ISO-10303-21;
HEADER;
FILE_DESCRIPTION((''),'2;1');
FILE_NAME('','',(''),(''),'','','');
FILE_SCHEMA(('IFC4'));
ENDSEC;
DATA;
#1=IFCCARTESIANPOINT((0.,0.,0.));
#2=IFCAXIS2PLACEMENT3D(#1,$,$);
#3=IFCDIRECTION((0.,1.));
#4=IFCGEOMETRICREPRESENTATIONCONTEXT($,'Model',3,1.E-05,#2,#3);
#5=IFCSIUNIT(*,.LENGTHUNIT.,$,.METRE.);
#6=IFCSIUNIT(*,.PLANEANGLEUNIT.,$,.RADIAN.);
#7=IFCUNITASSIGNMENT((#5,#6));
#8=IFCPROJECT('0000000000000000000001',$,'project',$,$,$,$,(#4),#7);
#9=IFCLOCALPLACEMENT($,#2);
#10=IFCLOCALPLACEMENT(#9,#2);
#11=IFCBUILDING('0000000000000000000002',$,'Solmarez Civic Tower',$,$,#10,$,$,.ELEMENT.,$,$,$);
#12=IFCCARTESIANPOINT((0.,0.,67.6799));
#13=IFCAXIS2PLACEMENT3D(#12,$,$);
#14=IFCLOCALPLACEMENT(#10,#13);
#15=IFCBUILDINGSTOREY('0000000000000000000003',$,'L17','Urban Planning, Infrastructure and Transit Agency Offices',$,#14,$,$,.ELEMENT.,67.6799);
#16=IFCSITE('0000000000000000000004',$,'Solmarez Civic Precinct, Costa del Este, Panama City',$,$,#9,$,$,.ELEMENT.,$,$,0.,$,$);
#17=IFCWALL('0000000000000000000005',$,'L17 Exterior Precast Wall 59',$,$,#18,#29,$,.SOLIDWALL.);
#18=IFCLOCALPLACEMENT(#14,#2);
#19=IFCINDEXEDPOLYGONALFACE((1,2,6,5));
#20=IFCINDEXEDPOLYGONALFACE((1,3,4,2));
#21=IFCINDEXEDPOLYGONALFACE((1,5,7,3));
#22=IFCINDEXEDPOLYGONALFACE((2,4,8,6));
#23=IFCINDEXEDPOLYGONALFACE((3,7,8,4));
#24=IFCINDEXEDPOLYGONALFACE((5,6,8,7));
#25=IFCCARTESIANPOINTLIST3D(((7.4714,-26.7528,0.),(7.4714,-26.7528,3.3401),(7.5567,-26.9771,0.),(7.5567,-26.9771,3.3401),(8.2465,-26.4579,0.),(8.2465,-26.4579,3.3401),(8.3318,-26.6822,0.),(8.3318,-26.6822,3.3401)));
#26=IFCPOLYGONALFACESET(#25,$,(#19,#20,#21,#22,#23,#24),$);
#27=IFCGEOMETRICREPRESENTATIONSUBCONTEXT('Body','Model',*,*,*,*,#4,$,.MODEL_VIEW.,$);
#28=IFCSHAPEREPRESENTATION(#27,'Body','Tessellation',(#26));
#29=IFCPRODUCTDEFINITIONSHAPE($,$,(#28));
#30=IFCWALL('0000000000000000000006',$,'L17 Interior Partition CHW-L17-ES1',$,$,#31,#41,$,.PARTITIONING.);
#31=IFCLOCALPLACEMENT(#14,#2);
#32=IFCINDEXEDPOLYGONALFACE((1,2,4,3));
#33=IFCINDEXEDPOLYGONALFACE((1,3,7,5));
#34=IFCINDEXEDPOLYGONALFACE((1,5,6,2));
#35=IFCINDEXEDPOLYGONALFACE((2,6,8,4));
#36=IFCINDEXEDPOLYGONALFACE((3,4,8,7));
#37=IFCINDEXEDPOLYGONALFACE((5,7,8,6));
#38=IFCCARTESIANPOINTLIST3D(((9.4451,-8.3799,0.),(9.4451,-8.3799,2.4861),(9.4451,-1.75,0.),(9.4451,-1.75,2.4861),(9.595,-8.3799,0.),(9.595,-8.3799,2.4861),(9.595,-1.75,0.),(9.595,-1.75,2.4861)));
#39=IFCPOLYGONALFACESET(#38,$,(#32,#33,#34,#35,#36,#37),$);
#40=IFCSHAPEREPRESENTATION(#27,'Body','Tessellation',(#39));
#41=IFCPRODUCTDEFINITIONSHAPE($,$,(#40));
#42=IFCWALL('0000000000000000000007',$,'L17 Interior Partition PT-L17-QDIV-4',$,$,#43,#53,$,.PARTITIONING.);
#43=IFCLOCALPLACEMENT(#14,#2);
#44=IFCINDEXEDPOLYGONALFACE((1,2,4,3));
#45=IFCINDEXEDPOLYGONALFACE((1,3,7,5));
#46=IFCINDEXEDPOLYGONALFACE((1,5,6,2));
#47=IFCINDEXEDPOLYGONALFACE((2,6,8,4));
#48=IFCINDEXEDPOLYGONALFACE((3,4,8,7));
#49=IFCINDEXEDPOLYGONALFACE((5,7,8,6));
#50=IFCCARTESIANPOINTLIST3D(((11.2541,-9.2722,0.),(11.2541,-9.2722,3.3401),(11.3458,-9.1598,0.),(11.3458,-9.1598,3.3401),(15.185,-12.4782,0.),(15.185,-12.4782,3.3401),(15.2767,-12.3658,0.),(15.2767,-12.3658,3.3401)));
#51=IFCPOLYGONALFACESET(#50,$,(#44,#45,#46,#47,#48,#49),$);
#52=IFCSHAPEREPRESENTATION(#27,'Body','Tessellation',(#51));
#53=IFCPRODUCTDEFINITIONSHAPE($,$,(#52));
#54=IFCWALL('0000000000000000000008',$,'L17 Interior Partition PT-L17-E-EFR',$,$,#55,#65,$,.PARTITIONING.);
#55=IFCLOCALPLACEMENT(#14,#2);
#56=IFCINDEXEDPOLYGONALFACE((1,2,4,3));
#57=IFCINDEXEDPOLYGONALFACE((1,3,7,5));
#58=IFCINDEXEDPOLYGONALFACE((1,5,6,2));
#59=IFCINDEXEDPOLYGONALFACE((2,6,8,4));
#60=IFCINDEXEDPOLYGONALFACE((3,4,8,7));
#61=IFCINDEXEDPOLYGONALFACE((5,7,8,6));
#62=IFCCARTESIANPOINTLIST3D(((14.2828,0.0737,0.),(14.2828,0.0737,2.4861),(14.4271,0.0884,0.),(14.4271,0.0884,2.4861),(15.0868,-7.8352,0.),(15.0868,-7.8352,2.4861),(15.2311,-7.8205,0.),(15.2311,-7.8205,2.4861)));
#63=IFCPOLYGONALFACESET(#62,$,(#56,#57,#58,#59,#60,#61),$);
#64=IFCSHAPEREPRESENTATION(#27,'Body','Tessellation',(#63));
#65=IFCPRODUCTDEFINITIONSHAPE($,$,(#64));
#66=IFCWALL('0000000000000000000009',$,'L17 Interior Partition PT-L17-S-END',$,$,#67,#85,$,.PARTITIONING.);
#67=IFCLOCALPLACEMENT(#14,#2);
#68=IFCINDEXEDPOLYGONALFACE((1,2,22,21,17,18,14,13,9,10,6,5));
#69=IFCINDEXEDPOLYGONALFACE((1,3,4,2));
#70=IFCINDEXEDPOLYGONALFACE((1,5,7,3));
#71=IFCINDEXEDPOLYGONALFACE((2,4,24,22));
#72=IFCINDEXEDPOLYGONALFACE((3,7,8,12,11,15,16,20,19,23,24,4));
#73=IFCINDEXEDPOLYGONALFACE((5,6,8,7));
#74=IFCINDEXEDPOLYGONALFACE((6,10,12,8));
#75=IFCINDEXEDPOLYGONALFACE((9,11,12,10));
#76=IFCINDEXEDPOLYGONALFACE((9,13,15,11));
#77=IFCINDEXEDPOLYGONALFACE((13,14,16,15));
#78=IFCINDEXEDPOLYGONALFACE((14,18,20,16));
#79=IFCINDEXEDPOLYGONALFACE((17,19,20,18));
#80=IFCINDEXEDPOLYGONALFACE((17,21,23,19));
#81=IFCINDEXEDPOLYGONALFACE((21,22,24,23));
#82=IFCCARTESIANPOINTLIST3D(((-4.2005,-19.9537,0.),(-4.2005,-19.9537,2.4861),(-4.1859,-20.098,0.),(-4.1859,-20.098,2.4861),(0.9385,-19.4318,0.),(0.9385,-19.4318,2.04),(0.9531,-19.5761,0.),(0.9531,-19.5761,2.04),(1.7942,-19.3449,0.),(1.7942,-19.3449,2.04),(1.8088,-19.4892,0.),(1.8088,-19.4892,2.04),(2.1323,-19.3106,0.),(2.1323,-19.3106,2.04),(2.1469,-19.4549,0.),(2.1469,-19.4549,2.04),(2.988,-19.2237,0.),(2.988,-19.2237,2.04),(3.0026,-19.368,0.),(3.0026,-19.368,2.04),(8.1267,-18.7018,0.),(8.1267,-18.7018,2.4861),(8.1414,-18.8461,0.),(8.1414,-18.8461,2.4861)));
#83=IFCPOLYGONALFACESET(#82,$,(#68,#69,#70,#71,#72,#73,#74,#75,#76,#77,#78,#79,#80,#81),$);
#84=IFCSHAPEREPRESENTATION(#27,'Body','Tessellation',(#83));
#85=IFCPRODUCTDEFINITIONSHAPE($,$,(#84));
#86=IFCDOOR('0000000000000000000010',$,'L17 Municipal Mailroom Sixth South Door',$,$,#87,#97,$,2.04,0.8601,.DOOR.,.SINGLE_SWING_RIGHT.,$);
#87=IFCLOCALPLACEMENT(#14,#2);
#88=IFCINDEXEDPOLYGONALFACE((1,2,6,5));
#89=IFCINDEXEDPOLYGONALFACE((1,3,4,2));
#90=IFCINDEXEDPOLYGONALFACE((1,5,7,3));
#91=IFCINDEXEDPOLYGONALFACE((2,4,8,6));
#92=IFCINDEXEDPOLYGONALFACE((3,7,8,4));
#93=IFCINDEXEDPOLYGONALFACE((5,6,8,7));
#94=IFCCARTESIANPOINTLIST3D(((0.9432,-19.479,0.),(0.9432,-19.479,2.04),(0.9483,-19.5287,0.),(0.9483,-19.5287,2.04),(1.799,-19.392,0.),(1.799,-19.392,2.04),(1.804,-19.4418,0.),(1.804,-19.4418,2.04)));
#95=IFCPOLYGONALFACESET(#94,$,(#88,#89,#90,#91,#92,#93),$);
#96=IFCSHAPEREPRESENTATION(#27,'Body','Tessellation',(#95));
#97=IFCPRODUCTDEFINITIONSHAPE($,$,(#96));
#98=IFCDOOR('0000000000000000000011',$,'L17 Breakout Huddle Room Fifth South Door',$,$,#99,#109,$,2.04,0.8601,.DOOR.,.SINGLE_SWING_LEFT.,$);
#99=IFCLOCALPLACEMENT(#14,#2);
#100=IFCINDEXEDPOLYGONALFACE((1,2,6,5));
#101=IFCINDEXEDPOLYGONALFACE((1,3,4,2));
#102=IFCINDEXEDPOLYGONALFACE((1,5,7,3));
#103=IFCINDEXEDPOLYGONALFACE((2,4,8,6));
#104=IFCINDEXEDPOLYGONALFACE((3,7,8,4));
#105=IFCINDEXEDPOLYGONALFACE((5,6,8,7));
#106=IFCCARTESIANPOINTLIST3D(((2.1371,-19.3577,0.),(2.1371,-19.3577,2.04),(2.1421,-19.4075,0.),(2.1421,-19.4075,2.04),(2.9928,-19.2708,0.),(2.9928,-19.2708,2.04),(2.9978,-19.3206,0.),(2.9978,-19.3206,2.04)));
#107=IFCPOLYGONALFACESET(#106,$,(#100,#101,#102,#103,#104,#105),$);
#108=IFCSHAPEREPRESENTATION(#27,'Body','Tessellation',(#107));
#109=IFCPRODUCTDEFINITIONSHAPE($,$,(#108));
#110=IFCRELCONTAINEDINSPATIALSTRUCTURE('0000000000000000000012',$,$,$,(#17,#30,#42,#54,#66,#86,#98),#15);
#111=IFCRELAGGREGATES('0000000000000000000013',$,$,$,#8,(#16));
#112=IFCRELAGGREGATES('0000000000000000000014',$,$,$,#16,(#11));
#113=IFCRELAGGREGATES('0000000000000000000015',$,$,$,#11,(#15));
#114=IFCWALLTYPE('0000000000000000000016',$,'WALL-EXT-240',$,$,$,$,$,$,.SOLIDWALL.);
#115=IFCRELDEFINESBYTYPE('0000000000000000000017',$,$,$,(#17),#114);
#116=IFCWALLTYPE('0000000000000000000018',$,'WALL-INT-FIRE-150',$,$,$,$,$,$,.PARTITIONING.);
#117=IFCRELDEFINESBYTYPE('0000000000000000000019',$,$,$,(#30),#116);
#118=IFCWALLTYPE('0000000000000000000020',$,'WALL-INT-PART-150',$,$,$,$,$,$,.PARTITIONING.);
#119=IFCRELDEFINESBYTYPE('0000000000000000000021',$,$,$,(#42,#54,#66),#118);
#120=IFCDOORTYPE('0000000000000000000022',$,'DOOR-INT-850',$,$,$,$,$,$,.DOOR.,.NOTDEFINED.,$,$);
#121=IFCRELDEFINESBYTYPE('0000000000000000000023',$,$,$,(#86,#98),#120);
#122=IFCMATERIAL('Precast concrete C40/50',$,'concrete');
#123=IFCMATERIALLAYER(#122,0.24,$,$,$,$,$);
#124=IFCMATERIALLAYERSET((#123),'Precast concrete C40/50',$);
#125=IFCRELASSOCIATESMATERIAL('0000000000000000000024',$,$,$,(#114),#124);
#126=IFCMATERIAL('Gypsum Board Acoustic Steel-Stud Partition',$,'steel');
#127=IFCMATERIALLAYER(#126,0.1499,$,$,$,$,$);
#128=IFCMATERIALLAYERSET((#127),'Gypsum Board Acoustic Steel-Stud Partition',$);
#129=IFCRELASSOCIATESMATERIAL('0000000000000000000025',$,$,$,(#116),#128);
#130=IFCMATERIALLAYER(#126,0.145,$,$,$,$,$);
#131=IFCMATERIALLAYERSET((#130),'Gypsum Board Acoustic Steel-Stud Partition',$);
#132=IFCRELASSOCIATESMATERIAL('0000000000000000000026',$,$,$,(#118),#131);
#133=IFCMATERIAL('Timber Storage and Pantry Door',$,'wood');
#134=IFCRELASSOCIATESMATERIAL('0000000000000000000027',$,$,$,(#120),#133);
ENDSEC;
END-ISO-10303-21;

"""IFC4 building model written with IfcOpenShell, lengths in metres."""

from ifc_helpers import new_model, si_unit, direction, frame, frame_2d, origin, place, context, subcontext, project, spatial, rectangle, extrude, material, layer, layer_set, type_object, element, fill, save


model = new_model("IFC4")

# Units and contexts
model_context = context("Model", 3, precision=1e-05, world=origin(), true_north=direction((0.0, 1.0)))
body_context = subcontext(model_context, "Body", "Model", "MODEL_VIEW")
ifc_project = project(units=[si_unit("LENGTHUNIT", "METRE"), si_unit("PLANEANGLEUNIT", "RADIAN")], contexts=[model_context])

# Site, building, storey
site_placement = place(None, origin())
site = spatial("IfcSite", under=ifc_project, at=site_placement, Name="Solmarez Civic Precinct, Costa del Este, Panama City", CompositionType="ELEMENT", RefElevation=0.0)
building_placement = place(site_placement, origin())
building = spatial("IfcBuilding", under=site, at=building_placement, Name="Solmarez Civic Tower", CompositionType="ELEMENT")
storey_placement = place(building_placement, frame((0.0, 0.0, 67.6799)))
storey = spatial("IfcBuildingStorey", under=building, at=storey_placement, Name="L17", Description="Urban Planning, Infrastructure and Transit Agency Offices", CompositionType="ELEMENT", Elevation=67.6799)

# Walls
ifc_material_1 = material(Name="Precast concrete C40/50", Category="concrete")
ifc_layer_1 = layer(ifc_material_1, 0.24)
ifc_layer_set_1 = layer_set([ifc_layer_1], Name="Precast concrete C40/50")
wall_type_1 = type_object("IfcWallType", Name="WALL-EXT-240", PredefinedType="SOLIDWALL", material=ifc_layer_set_1)
wall_1_placement = place(storey_placement, frame((8.2891, -26.5701, 0.0), z_axis=(0.0, 0.0, 1.0), x_axis=(-0.934637, -0.355604, 0.0)))
element("IfcWall", 1, at=wall_1_placement, inside=storey, type_object=wall_type_1, Name="L17 Exterior Precast Wall 59", PredefinedType="SOLIDWALL", context=body_context, shape_type="SweptSolid", body=[
    extrude(rectangle(XDim=0.8293, YDim=0.24, at=frame_2d((0.4146, 0.0))), origin(), (0.0, 0.0, 1.0), 3.3401),
])
ifc_material_2 = material(Name="Gypsum Board Acoustic Steel-Stud Partition", Category="steel")
ifc_layer_2 = layer(ifc_material_2, 0.1499)
ifc_layer_set_2 = layer_set([ifc_layer_2], Name="Gypsum Board Acoustic Steel-Stud Partition")
wall_type_2 = type_object("IfcWallType", Name="WALL-INT-FIRE-150", PredefinedType="PARTITIONING", material=ifc_layer_set_2)
wall_2_placement = place(storey_placement, frame((9.52, -8.3799, 0.0), z_axis=(0.0, 0.0, 1.0), x_axis=(0.0, 1.0, 0.0)))
element("IfcWall", 2, at=wall_2_placement, inside=storey, type_object=wall_type_2, Name="L17 Interior Partition CHW-L17-ES1", PredefinedType="PARTITIONING", context=body_context, shape_type="SweptSolid", body=[
    extrude(rectangle(XDim=6.6299, YDim=0.1499, at=frame_2d((3.3149, 0.0))), origin(), (0.0, 0.0, 1.0), 2.4861),
])
ifc_layer_3 = layer(ifc_material_2, 0.145)
ifc_layer_set_3 = layer_set([ifc_layer_3], Name="Gypsum Board Acoustic Steel-Stud Partition")
wall_type_3 = type_object("IfcWallType", Name="WALL-INT-PART-150", PredefinedType="PARTITIONING", material=ifc_layer_set_3)
wall_3_placement = place(storey_placement, frame((11.3, -9.2161, 0.0), z_axis=(0.0, 0.0, 1.0), x_axis=(0.774936, -0.632039, 0.0)))
element("IfcWall", 3, at=wall_3_placement, inside=storey, type_object=wall_type_3, Name="L17 Interior Partition PT-L17-QDIV-4", PredefinedType="PARTITIONING", context=body_context, shape_type="SweptSolid", body=[
    extrude(rectangle(XDim=5.0725, YDim=0.145, at=frame_2d((2.5361, 0.0))), origin(), (0.0, 0.0, 1.0), 3.3401),
])
wall_4_placement = place(storey_placement, frame((15.1589, -7.8279, 0.0), z_axis=(0.0, 0.0, 1.0), x_axis=(-0.10113, 0.994873, 0.0)))
element("IfcWall", 4, at=wall_4_placement, inside=storey, type_object=wall_type_3, Name="L17 Interior Partition PT-L17-E-EFR", PredefinedType="PARTITIONING", context=body_context, shape_type="SweptSolid", body=[
    extrude(rectangle(XDim=7.9497, YDim=0.145, at=frame_2d((3.9749, 0.0))), origin(), (0.0, 0.0, 1.0), 2.4861),
])

# Wall, openings, doors
wall_5_placement = place(storey_placement, frame((8.134, -18.7739, 0.0), z_axis=(0.0, 0.0, 1.0), x_axis=(-0.994882, -0.101041, 0.0)))
wall_5 = element("IfcWall", 5, at=wall_5_placement, inside=storey, type_object=wall_type_3, Name="L17 Interior Partition PT-L17-S-END", PredefinedType="PARTITIONING", context=body_context, shape_type="SweptSolid", body=[
    extrude(rectangle(XDim=12.3906, YDim=0.145, at=frame_2d((6.1953, 0.0))), origin(), (0.0, 0.0, 1.0), 2.4861),
])
opening_1_placement = place(wall_5_placement, frame((6.365, 0.0, 0.0)))
opening_1 = element("IfcOpeningElement", 6, at=opening_1_placement, cuts=wall_5, PredefinedType="OPENING", context=body_context, shape_type="SweptSolid", body=[
    extrude(rectangle(XDim=0.8601, YDim=2.04, at=frame_2d((0.4302, 1.02))), frame((0.0, 0.0825, 0.0), z_axis=(0.0, -1.0, 0.0), x_axis=(1.0, 0.0, 0.0)), (0.0, 0.0, 1.0), 0.165),
])
opening_2_placement = place(wall_5_placement, frame((5.165, 0.0, 0.0)))
opening_2 = element("IfcOpeningElement", 7, at=opening_2_placement, cuts=wall_5, PredefinedType="OPENING", context=body_context, shape_type="SweptSolid", body=[
    extrude(rectangle(XDim=0.8601, YDim=2.04, at=frame_2d((0.4302, 1.02))), frame((0.0, 0.0825, 0.0), z_axis=(0.0, -1.0, 0.0), x_axis=(1.0, 0.0, 0.0)), (0.0, 0.0, 1.0), 0.165),
])
ifc_material_3 = material(Name="Timber Storage and Pantry Door", Category="wood")
door_type = type_object("IfcDoorType", Name="DOOR-INT-850", OperationType="NOTDEFINED", PredefinedType="DOOR", material=ifc_material_3)
door_1_placement = place(opening_1_placement, origin())
door_1 = element("IfcDoor", 8, at=door_1_placement, inside=storey, type_object=door_type, Name="L17 Municipal Mailroom Sixth South Door", OperationType="SINGLE_SWING_RIGHT", OverallHeight=2.04, OverallWidth=0.8601, PredefinedType="DOOR", context=body_context, shape_type="SweptSolid", body=[
    extrude(rectangle(XDim=0.8601, YDim=2.04, at=frame_2d((0.4302, 1.02))), frame((0.0, 0.0249, 0.0), z_axis=(0.0, -1.0, 0.0), x_axis=(1.0, 0.0, 0.0)), (0.0, 0.0, 1.0), 0.05),
])
fill(opening_1, door_1)
door_2_placement = place(opening_2_placement, origin())
door_2 = element("IfcDoor", 9, at=door_2_placement, inside=storey, type_object=door_type, Name="L17 Breakout Huddle Room Fifth South Door", OperationType="SINGLE_SWING_LEFT", OverallHeight=2.04, OverallWidth=0.8601, PredefinedType="DOOR", context=body_context, shape_type="SweptSolid", body=[
    extrude(rectangle(XDim=0.8601, YDim=2.04, at=frame_2d((0.4302, 1.02))), frame((0.0, 0.0249, 0.0), z_axis=(0.0, -1.0, 0.0), x_axis=(1.0, 0.0, 0.0)), (0.0, 0.0, 1.0), 0.05),
])
fill(opening_2, door_2)

save(model, "model.ifc")
